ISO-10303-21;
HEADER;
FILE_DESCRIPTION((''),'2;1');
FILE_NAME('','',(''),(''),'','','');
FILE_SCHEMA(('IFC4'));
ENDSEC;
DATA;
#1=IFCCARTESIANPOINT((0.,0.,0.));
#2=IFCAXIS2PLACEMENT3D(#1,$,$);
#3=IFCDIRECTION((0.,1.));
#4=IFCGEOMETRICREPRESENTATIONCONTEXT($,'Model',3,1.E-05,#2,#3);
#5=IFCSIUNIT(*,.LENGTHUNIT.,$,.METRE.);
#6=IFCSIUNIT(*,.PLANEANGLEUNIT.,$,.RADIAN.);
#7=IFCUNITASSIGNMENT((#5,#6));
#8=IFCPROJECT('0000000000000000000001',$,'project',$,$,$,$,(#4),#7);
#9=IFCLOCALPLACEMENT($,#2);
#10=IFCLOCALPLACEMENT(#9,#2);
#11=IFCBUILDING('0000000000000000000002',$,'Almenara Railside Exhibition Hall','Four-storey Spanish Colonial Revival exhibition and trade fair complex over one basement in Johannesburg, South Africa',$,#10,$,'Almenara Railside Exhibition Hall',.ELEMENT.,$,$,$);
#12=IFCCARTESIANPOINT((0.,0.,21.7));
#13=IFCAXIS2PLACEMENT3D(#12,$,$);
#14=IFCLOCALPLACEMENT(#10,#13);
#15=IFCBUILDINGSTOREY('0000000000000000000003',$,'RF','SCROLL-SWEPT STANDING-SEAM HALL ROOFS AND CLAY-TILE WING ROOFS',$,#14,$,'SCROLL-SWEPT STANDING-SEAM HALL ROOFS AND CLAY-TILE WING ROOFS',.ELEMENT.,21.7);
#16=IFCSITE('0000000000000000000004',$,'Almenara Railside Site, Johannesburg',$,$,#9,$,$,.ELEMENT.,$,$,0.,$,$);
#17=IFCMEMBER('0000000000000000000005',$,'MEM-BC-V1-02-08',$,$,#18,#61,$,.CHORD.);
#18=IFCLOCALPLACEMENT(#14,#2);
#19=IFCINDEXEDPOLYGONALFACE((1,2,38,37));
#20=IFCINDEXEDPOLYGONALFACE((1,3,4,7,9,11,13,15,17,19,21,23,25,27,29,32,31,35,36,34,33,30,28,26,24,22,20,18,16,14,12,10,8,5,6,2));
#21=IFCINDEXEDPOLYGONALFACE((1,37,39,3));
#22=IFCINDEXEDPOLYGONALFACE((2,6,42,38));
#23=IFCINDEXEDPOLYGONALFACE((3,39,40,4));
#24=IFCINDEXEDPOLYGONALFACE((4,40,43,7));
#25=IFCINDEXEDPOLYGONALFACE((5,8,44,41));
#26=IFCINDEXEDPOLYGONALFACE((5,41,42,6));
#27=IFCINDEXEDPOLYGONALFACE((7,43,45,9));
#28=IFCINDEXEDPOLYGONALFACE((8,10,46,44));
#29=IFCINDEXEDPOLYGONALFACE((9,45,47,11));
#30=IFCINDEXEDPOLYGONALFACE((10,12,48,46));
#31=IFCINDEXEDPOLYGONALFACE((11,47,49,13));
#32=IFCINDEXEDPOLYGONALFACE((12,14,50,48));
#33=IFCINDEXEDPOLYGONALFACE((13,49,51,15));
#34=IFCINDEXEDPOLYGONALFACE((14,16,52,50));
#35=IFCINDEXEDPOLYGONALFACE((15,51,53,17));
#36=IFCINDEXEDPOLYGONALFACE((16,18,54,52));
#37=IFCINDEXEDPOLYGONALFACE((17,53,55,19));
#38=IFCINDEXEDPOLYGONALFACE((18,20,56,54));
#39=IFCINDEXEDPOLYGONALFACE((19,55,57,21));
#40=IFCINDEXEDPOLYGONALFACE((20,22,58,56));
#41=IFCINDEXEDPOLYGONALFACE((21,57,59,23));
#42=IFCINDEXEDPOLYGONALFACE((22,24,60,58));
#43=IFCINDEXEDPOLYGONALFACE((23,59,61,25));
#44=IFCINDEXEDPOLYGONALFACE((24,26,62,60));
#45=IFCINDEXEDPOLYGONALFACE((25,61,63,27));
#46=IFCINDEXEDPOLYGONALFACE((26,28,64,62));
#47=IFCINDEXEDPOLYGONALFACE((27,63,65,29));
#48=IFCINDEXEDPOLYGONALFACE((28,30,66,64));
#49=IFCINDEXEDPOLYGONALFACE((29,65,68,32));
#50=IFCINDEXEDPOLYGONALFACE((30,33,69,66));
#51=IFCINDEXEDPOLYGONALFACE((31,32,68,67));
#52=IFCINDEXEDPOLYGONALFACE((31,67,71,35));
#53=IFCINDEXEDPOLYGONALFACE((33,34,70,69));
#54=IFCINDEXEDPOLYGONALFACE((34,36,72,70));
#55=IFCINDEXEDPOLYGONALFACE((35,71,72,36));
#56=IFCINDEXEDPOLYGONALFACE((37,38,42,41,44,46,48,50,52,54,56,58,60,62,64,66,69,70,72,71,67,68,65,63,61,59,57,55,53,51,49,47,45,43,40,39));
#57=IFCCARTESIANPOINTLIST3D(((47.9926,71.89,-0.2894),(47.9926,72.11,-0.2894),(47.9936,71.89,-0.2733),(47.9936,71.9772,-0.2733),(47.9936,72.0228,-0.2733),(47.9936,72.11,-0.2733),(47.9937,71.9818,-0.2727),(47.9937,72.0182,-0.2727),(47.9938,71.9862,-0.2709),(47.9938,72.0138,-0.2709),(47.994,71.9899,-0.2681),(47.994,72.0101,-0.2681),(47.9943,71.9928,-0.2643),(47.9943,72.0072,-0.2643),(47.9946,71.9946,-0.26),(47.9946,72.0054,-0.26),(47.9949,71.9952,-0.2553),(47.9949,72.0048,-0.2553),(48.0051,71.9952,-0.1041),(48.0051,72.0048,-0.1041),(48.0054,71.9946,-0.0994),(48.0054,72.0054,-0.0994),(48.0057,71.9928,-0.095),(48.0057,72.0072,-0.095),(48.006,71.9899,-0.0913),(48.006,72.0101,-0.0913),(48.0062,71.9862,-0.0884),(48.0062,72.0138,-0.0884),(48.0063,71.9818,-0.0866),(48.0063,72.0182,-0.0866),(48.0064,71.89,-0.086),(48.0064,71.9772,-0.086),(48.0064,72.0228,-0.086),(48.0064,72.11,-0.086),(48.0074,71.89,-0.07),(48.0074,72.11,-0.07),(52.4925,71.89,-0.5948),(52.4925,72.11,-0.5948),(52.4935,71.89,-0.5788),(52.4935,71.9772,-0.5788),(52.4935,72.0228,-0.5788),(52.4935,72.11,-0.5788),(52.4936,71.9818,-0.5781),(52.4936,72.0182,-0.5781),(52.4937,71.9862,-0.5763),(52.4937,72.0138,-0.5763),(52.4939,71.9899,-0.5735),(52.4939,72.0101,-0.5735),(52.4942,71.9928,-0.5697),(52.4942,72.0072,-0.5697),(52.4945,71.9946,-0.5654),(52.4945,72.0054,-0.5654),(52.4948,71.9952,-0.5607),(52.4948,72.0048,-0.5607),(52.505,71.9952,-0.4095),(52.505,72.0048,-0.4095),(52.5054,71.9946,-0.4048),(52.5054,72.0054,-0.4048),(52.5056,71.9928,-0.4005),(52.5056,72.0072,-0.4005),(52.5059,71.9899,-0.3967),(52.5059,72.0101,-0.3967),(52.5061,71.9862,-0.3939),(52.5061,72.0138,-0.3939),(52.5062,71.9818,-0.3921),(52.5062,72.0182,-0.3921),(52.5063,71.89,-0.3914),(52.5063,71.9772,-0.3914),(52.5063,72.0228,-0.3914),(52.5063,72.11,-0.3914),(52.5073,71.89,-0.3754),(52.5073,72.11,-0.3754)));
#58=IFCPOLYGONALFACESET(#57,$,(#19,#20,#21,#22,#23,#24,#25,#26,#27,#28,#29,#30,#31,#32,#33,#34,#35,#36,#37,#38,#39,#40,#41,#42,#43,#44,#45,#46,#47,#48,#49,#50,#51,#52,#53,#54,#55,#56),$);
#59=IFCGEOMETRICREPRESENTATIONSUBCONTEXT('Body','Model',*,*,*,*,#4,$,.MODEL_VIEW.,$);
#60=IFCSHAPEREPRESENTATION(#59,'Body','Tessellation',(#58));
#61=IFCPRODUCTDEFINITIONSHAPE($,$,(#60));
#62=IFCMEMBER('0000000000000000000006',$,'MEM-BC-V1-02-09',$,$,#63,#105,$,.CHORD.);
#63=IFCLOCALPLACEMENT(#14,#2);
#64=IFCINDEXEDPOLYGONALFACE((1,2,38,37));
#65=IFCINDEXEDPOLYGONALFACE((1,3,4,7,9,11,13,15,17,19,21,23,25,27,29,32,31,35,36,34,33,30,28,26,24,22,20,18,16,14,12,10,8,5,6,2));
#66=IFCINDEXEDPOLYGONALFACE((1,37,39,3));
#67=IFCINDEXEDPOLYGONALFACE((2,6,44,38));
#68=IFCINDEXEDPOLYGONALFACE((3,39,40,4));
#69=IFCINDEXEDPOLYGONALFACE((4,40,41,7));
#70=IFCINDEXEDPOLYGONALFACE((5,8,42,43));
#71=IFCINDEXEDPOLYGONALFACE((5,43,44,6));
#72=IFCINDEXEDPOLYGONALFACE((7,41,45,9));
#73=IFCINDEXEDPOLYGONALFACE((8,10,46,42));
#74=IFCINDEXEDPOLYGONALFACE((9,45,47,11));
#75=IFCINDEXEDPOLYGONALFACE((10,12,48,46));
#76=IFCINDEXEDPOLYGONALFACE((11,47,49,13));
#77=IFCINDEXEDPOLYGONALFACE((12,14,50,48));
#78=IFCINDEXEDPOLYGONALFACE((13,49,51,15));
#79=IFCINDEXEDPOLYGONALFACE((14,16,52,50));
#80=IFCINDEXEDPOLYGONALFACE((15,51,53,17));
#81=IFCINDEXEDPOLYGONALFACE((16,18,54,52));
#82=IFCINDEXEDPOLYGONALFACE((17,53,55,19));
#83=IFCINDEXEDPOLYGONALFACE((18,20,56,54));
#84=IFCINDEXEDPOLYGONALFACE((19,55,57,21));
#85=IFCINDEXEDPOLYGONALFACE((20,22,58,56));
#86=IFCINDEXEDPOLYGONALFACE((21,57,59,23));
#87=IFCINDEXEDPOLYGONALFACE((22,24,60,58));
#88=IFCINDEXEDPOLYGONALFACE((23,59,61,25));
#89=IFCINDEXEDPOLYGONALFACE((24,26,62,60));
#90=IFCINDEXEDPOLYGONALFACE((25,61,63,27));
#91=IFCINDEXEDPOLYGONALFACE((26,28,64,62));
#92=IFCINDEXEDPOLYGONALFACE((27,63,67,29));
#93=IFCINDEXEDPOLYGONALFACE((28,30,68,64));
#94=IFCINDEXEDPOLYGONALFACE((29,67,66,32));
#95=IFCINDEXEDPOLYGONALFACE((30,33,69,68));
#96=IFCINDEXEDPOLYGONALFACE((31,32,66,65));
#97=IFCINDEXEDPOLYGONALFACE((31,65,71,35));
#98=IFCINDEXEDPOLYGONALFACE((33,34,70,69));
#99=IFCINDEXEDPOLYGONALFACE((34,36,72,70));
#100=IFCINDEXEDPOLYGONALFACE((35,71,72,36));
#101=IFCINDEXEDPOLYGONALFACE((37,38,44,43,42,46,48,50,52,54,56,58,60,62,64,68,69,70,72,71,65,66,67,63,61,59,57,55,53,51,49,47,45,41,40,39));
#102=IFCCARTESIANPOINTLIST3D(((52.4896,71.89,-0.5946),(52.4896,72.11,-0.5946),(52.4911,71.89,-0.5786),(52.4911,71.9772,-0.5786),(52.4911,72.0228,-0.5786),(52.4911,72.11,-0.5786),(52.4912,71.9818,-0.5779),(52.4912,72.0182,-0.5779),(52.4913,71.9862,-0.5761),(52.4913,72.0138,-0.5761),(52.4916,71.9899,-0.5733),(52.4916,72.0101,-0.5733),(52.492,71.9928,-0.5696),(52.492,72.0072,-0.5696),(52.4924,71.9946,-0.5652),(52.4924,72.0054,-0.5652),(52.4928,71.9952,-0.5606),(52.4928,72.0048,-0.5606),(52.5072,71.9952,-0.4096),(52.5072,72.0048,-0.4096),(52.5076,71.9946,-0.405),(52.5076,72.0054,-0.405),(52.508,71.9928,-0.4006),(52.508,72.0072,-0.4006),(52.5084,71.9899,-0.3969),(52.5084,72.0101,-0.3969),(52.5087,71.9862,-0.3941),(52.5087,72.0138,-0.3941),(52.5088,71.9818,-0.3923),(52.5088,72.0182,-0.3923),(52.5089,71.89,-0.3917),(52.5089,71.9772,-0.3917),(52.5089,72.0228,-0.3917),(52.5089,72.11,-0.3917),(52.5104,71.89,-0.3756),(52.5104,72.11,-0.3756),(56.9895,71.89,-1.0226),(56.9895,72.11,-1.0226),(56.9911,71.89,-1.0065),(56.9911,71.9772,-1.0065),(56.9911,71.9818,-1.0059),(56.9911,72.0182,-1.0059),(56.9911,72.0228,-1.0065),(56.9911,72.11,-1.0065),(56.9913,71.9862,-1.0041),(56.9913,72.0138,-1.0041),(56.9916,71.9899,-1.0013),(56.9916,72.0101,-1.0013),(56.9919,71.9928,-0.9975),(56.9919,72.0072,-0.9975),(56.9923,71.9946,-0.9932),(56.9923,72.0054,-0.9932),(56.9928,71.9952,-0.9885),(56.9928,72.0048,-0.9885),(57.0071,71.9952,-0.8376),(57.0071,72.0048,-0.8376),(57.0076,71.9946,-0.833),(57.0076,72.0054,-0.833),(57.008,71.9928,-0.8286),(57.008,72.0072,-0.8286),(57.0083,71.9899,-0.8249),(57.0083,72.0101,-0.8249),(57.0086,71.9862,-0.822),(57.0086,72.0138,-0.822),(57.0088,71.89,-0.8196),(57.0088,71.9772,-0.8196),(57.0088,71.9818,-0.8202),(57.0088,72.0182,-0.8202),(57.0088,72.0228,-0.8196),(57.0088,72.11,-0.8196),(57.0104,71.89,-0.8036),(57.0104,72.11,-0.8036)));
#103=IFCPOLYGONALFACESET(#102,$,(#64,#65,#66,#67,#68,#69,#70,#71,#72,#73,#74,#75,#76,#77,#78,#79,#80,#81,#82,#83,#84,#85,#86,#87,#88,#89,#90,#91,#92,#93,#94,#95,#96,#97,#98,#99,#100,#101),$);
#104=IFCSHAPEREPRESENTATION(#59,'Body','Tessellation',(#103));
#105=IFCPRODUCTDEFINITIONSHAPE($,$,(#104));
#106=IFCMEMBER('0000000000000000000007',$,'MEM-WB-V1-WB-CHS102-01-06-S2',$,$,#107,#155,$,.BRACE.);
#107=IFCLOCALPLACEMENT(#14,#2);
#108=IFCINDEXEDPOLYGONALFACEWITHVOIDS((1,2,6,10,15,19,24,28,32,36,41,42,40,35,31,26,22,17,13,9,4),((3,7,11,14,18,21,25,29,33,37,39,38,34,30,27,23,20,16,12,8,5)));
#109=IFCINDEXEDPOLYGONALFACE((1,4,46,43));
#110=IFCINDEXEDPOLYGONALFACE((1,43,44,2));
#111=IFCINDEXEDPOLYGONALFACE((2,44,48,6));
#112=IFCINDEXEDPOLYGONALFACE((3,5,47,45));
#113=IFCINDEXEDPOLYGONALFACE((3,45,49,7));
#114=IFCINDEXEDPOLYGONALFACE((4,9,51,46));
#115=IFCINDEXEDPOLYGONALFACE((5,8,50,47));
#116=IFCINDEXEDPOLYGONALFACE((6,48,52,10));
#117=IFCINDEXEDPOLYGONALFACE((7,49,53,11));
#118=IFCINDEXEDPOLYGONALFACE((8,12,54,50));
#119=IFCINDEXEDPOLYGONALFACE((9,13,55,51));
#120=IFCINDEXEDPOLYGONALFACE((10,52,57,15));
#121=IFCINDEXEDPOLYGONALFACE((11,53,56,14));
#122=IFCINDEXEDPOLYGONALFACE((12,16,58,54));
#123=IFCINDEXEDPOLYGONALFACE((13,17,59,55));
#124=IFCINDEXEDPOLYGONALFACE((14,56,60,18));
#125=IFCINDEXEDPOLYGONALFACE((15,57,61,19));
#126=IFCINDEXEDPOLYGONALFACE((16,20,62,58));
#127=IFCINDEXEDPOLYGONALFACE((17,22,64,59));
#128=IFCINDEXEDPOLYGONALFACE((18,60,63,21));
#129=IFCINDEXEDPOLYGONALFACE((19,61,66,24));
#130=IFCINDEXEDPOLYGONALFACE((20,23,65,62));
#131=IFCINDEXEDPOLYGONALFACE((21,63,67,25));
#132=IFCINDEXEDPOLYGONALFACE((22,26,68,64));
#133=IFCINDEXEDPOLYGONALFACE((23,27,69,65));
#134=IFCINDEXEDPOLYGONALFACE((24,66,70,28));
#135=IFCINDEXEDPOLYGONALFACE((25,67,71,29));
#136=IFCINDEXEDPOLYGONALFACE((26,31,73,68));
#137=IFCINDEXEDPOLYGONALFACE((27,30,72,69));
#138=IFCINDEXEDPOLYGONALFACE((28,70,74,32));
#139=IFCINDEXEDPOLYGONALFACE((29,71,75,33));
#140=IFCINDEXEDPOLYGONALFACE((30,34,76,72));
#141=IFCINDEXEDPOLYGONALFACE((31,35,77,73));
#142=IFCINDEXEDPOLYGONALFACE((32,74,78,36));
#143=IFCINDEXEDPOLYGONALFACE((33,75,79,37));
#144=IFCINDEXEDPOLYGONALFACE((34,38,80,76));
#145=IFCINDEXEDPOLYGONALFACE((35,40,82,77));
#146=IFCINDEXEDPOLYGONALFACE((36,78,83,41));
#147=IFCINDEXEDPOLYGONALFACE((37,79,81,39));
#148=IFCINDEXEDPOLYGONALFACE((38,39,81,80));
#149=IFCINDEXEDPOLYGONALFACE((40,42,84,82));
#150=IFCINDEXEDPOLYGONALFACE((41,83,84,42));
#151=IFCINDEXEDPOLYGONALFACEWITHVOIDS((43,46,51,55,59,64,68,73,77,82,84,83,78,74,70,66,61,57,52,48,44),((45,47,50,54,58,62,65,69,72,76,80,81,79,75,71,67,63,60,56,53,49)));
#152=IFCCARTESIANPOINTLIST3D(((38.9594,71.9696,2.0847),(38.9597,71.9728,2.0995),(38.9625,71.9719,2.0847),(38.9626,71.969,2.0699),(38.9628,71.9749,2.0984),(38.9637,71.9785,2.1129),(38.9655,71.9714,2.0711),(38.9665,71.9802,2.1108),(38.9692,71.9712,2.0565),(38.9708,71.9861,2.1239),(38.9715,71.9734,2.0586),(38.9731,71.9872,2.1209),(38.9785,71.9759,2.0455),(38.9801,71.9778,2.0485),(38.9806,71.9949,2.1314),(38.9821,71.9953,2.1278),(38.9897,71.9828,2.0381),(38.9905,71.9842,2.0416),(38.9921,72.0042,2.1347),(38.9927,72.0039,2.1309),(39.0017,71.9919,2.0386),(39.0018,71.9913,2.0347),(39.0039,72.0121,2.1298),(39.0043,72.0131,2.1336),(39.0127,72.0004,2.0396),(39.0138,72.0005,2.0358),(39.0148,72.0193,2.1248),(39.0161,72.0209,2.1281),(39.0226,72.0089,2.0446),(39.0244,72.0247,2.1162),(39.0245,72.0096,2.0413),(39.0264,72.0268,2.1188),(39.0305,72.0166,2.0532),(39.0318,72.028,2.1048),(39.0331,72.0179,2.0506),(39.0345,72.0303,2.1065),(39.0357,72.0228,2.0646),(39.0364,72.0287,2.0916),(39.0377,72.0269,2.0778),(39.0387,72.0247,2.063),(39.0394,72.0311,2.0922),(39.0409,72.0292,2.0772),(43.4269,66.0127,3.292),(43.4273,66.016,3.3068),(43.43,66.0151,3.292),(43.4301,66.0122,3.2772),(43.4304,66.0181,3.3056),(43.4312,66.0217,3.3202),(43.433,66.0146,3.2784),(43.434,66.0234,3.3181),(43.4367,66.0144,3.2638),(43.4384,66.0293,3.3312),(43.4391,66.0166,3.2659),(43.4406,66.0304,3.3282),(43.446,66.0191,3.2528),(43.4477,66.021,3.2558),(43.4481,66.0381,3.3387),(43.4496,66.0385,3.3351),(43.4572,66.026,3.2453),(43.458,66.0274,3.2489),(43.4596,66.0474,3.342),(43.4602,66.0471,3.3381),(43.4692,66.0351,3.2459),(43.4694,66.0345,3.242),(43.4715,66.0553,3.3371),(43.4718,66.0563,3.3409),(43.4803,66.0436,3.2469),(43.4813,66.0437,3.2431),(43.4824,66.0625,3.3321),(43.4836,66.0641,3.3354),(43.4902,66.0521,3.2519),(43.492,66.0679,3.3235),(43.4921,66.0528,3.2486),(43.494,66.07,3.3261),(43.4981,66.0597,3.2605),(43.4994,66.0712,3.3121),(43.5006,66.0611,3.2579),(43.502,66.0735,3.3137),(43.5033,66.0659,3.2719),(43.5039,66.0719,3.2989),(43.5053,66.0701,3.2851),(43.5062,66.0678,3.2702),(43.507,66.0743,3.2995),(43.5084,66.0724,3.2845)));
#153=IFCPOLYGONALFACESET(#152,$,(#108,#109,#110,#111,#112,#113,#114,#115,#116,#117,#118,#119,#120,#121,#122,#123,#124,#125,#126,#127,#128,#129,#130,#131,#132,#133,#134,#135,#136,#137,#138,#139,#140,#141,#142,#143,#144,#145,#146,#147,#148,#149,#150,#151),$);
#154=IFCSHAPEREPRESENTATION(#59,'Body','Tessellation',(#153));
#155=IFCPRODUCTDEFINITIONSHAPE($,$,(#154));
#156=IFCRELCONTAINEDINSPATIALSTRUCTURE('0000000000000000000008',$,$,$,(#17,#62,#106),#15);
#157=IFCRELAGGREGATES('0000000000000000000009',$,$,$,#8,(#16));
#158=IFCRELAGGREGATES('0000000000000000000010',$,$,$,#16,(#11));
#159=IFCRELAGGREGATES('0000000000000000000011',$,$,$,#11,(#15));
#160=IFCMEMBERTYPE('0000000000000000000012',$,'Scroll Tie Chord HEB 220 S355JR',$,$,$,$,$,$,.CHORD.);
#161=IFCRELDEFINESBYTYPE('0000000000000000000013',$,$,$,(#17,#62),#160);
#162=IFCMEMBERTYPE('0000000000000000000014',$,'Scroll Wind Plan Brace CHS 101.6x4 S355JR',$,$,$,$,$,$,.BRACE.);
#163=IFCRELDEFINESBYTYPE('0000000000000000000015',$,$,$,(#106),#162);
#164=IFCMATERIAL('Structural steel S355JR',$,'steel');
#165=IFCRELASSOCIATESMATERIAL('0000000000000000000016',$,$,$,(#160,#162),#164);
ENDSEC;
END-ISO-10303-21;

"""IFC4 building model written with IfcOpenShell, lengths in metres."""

from ifc_helpers import new_model, si_unit, direction, frame, origin, origin_2d, place, context, subcontext, project, spatial, hollow_circle, i_section, extrude, material, material_profile, profile_set, type_object, element, save


model = new_model("IFC4")

# Units and contexts
model_context = context("Model", 3, precision=1e-05, world=origin(), true_north=direction((0.0, 1.0)))
body_context = subcontext(model_context, "Body", "Model", "MODEL_VIEW")
ifc_project = project(units=[si_unit("LENGTHUNIT", "METRE"), si_unit("PLANEANGLEUNIT", "RADIAN")], contexts=[model_context])

# Site, building, storey
site_placement = place(None, origin())
site = spatial("IfcSite", under=ifc_project, at=site_placement, Name="Almenara Railside Site, Johannesburg", CompositionType="ELEMENT", RefElevation=0.0)
building_placement = place(site_placement, origin())
building = spatial("IfcBuilding", under=site, at=building_placement, Name="Almenara Railside Exhibition Hall", Description="Four-storey Spanish Colonial Revival exhibition and trade fair complex over one basement in Johannesburg, South Africa", LongName="Almenara Railside Exhibition Hall", CompositionType="ELEMENT")
storey_placement = place(building_placement, frame((0.0, 0.0, 21.7)))
storey = spatial("IfcBuildingStorey", under=building, at=storey_placement, Name="RF", Description="SCROLL-SWEPT STANDING-SEAM HALL ROOFS AND CLAY-TILE WING ROOFS", LongName="SCROLL-SWEPT STANDING-SEAM HALL ROOFS AND CLAY-TILE WING ROOFS", CompositionType="ELEMENT", Elevation=21.7)

# Members
ifc_material_1 = material(Name="Structural steel S355JR", Category="steel")
ifc_material_profile_1 = material_profile(ifc_material_1, i_section(OverallWidth=0.22, OverallDepth=0.22, WebThickness=0.0095, FlangeThickness=0.0161, FilletRadius=0.0181, at=origin_2d()), Name="HEB 220")
ifc_profile_set_1 = profile_set([ifc_material_profile_1], Name="Structural steel S355JR")
member_type_1 = type_object("IfcMemberType", Name="Scroll Tie Chord HEB 220 S355JR", PredefinedType="CHORD", material=ifc_profile_set_1)
member_1_placement = place(storey_placement, frame((48.0, 72.0, -0.1797), z_axis=(0.997705, 0.0, -0.067715), x_axis=(0.0, 1.0, 0.0)))
element("IfcMember", 1, at=member_1_placement, inside=storey, type_object=member_type_1, Name="MEM-BC-V1-02-08", PredefinedType="CHORD", context=body_context, shape_type="SweptSolid", body=[
    extrude(i_section(OverallWidth=0.22, OverallDepth=0.22, WebThickness=0.0095, FlangeThickness=0.0161, FilletRadius=0.0181, at=origin_2d()), origin(), (0.0, 0.0, 1.0), 4.5103),
])
member_2_placement = place(storey_placement, frame((52.5, 72.0, -0.4851), z_axis=(0.995508, 0.0, -0.094679), x_axis=(0.0, 1.0, 0.0)))
element("IfcMember", 2, at=member_2_placement, inside=storey, type_object=member_type_1, Name="MEM-BC-V1-02-09", PredefinedType="CHORD", context=body_context, shape_type="SweptSolid", body=[
    extrude(i_section(OverallWidth=0.22, OverallDepth=0.22, WebThickness=0.0095, FlangeThickness=0.0161, FilletRadius=0.0181, at=origin_2d()), origin(), (0.0, 0.0, 1.0), 4.5203),
])
ifc_material_profile_2 = material_profile(ifc_material_1, hollow_circle(Radius=0.0508, WallThickness=0.0039, at=origin_2d()), Name="CHS 101.6x4")
ifc_profile_set_2 = profile_set([ifc_material_profile_2], Name="Structural steel S355JR")
member_type_2 = type_object("IfcMemberType", Name="Scroll Wind Plan Brace CHS 101.6x4 S355JR", PredefinedType="BRACE", material=ifc_profile_set_2)
member_3_placement = place(storey_placement, frame((43.4675, 66.0432, 3.292), z_axis=(-0.59226, 0.789691, -0.160048), x_axis=(-0.800004, -0.599995, 0.0)))
element("IfcMember", 3, at=member_3_placement, inside=storey, type_object=member_type_2, Name="MEM-WB-V1-WB-CHS102-01-06-S2", PredefinedType="BRACE", context=body_context, shape_type="SweptSolid", body=[
    extrude(hollow_circle(Radius=0.0508, WallThickness=0.0039, at=origin_2d()), origin(), (0.0, 0.0, 1.0), 7.5432),
])

save(model, "model.ifc")
